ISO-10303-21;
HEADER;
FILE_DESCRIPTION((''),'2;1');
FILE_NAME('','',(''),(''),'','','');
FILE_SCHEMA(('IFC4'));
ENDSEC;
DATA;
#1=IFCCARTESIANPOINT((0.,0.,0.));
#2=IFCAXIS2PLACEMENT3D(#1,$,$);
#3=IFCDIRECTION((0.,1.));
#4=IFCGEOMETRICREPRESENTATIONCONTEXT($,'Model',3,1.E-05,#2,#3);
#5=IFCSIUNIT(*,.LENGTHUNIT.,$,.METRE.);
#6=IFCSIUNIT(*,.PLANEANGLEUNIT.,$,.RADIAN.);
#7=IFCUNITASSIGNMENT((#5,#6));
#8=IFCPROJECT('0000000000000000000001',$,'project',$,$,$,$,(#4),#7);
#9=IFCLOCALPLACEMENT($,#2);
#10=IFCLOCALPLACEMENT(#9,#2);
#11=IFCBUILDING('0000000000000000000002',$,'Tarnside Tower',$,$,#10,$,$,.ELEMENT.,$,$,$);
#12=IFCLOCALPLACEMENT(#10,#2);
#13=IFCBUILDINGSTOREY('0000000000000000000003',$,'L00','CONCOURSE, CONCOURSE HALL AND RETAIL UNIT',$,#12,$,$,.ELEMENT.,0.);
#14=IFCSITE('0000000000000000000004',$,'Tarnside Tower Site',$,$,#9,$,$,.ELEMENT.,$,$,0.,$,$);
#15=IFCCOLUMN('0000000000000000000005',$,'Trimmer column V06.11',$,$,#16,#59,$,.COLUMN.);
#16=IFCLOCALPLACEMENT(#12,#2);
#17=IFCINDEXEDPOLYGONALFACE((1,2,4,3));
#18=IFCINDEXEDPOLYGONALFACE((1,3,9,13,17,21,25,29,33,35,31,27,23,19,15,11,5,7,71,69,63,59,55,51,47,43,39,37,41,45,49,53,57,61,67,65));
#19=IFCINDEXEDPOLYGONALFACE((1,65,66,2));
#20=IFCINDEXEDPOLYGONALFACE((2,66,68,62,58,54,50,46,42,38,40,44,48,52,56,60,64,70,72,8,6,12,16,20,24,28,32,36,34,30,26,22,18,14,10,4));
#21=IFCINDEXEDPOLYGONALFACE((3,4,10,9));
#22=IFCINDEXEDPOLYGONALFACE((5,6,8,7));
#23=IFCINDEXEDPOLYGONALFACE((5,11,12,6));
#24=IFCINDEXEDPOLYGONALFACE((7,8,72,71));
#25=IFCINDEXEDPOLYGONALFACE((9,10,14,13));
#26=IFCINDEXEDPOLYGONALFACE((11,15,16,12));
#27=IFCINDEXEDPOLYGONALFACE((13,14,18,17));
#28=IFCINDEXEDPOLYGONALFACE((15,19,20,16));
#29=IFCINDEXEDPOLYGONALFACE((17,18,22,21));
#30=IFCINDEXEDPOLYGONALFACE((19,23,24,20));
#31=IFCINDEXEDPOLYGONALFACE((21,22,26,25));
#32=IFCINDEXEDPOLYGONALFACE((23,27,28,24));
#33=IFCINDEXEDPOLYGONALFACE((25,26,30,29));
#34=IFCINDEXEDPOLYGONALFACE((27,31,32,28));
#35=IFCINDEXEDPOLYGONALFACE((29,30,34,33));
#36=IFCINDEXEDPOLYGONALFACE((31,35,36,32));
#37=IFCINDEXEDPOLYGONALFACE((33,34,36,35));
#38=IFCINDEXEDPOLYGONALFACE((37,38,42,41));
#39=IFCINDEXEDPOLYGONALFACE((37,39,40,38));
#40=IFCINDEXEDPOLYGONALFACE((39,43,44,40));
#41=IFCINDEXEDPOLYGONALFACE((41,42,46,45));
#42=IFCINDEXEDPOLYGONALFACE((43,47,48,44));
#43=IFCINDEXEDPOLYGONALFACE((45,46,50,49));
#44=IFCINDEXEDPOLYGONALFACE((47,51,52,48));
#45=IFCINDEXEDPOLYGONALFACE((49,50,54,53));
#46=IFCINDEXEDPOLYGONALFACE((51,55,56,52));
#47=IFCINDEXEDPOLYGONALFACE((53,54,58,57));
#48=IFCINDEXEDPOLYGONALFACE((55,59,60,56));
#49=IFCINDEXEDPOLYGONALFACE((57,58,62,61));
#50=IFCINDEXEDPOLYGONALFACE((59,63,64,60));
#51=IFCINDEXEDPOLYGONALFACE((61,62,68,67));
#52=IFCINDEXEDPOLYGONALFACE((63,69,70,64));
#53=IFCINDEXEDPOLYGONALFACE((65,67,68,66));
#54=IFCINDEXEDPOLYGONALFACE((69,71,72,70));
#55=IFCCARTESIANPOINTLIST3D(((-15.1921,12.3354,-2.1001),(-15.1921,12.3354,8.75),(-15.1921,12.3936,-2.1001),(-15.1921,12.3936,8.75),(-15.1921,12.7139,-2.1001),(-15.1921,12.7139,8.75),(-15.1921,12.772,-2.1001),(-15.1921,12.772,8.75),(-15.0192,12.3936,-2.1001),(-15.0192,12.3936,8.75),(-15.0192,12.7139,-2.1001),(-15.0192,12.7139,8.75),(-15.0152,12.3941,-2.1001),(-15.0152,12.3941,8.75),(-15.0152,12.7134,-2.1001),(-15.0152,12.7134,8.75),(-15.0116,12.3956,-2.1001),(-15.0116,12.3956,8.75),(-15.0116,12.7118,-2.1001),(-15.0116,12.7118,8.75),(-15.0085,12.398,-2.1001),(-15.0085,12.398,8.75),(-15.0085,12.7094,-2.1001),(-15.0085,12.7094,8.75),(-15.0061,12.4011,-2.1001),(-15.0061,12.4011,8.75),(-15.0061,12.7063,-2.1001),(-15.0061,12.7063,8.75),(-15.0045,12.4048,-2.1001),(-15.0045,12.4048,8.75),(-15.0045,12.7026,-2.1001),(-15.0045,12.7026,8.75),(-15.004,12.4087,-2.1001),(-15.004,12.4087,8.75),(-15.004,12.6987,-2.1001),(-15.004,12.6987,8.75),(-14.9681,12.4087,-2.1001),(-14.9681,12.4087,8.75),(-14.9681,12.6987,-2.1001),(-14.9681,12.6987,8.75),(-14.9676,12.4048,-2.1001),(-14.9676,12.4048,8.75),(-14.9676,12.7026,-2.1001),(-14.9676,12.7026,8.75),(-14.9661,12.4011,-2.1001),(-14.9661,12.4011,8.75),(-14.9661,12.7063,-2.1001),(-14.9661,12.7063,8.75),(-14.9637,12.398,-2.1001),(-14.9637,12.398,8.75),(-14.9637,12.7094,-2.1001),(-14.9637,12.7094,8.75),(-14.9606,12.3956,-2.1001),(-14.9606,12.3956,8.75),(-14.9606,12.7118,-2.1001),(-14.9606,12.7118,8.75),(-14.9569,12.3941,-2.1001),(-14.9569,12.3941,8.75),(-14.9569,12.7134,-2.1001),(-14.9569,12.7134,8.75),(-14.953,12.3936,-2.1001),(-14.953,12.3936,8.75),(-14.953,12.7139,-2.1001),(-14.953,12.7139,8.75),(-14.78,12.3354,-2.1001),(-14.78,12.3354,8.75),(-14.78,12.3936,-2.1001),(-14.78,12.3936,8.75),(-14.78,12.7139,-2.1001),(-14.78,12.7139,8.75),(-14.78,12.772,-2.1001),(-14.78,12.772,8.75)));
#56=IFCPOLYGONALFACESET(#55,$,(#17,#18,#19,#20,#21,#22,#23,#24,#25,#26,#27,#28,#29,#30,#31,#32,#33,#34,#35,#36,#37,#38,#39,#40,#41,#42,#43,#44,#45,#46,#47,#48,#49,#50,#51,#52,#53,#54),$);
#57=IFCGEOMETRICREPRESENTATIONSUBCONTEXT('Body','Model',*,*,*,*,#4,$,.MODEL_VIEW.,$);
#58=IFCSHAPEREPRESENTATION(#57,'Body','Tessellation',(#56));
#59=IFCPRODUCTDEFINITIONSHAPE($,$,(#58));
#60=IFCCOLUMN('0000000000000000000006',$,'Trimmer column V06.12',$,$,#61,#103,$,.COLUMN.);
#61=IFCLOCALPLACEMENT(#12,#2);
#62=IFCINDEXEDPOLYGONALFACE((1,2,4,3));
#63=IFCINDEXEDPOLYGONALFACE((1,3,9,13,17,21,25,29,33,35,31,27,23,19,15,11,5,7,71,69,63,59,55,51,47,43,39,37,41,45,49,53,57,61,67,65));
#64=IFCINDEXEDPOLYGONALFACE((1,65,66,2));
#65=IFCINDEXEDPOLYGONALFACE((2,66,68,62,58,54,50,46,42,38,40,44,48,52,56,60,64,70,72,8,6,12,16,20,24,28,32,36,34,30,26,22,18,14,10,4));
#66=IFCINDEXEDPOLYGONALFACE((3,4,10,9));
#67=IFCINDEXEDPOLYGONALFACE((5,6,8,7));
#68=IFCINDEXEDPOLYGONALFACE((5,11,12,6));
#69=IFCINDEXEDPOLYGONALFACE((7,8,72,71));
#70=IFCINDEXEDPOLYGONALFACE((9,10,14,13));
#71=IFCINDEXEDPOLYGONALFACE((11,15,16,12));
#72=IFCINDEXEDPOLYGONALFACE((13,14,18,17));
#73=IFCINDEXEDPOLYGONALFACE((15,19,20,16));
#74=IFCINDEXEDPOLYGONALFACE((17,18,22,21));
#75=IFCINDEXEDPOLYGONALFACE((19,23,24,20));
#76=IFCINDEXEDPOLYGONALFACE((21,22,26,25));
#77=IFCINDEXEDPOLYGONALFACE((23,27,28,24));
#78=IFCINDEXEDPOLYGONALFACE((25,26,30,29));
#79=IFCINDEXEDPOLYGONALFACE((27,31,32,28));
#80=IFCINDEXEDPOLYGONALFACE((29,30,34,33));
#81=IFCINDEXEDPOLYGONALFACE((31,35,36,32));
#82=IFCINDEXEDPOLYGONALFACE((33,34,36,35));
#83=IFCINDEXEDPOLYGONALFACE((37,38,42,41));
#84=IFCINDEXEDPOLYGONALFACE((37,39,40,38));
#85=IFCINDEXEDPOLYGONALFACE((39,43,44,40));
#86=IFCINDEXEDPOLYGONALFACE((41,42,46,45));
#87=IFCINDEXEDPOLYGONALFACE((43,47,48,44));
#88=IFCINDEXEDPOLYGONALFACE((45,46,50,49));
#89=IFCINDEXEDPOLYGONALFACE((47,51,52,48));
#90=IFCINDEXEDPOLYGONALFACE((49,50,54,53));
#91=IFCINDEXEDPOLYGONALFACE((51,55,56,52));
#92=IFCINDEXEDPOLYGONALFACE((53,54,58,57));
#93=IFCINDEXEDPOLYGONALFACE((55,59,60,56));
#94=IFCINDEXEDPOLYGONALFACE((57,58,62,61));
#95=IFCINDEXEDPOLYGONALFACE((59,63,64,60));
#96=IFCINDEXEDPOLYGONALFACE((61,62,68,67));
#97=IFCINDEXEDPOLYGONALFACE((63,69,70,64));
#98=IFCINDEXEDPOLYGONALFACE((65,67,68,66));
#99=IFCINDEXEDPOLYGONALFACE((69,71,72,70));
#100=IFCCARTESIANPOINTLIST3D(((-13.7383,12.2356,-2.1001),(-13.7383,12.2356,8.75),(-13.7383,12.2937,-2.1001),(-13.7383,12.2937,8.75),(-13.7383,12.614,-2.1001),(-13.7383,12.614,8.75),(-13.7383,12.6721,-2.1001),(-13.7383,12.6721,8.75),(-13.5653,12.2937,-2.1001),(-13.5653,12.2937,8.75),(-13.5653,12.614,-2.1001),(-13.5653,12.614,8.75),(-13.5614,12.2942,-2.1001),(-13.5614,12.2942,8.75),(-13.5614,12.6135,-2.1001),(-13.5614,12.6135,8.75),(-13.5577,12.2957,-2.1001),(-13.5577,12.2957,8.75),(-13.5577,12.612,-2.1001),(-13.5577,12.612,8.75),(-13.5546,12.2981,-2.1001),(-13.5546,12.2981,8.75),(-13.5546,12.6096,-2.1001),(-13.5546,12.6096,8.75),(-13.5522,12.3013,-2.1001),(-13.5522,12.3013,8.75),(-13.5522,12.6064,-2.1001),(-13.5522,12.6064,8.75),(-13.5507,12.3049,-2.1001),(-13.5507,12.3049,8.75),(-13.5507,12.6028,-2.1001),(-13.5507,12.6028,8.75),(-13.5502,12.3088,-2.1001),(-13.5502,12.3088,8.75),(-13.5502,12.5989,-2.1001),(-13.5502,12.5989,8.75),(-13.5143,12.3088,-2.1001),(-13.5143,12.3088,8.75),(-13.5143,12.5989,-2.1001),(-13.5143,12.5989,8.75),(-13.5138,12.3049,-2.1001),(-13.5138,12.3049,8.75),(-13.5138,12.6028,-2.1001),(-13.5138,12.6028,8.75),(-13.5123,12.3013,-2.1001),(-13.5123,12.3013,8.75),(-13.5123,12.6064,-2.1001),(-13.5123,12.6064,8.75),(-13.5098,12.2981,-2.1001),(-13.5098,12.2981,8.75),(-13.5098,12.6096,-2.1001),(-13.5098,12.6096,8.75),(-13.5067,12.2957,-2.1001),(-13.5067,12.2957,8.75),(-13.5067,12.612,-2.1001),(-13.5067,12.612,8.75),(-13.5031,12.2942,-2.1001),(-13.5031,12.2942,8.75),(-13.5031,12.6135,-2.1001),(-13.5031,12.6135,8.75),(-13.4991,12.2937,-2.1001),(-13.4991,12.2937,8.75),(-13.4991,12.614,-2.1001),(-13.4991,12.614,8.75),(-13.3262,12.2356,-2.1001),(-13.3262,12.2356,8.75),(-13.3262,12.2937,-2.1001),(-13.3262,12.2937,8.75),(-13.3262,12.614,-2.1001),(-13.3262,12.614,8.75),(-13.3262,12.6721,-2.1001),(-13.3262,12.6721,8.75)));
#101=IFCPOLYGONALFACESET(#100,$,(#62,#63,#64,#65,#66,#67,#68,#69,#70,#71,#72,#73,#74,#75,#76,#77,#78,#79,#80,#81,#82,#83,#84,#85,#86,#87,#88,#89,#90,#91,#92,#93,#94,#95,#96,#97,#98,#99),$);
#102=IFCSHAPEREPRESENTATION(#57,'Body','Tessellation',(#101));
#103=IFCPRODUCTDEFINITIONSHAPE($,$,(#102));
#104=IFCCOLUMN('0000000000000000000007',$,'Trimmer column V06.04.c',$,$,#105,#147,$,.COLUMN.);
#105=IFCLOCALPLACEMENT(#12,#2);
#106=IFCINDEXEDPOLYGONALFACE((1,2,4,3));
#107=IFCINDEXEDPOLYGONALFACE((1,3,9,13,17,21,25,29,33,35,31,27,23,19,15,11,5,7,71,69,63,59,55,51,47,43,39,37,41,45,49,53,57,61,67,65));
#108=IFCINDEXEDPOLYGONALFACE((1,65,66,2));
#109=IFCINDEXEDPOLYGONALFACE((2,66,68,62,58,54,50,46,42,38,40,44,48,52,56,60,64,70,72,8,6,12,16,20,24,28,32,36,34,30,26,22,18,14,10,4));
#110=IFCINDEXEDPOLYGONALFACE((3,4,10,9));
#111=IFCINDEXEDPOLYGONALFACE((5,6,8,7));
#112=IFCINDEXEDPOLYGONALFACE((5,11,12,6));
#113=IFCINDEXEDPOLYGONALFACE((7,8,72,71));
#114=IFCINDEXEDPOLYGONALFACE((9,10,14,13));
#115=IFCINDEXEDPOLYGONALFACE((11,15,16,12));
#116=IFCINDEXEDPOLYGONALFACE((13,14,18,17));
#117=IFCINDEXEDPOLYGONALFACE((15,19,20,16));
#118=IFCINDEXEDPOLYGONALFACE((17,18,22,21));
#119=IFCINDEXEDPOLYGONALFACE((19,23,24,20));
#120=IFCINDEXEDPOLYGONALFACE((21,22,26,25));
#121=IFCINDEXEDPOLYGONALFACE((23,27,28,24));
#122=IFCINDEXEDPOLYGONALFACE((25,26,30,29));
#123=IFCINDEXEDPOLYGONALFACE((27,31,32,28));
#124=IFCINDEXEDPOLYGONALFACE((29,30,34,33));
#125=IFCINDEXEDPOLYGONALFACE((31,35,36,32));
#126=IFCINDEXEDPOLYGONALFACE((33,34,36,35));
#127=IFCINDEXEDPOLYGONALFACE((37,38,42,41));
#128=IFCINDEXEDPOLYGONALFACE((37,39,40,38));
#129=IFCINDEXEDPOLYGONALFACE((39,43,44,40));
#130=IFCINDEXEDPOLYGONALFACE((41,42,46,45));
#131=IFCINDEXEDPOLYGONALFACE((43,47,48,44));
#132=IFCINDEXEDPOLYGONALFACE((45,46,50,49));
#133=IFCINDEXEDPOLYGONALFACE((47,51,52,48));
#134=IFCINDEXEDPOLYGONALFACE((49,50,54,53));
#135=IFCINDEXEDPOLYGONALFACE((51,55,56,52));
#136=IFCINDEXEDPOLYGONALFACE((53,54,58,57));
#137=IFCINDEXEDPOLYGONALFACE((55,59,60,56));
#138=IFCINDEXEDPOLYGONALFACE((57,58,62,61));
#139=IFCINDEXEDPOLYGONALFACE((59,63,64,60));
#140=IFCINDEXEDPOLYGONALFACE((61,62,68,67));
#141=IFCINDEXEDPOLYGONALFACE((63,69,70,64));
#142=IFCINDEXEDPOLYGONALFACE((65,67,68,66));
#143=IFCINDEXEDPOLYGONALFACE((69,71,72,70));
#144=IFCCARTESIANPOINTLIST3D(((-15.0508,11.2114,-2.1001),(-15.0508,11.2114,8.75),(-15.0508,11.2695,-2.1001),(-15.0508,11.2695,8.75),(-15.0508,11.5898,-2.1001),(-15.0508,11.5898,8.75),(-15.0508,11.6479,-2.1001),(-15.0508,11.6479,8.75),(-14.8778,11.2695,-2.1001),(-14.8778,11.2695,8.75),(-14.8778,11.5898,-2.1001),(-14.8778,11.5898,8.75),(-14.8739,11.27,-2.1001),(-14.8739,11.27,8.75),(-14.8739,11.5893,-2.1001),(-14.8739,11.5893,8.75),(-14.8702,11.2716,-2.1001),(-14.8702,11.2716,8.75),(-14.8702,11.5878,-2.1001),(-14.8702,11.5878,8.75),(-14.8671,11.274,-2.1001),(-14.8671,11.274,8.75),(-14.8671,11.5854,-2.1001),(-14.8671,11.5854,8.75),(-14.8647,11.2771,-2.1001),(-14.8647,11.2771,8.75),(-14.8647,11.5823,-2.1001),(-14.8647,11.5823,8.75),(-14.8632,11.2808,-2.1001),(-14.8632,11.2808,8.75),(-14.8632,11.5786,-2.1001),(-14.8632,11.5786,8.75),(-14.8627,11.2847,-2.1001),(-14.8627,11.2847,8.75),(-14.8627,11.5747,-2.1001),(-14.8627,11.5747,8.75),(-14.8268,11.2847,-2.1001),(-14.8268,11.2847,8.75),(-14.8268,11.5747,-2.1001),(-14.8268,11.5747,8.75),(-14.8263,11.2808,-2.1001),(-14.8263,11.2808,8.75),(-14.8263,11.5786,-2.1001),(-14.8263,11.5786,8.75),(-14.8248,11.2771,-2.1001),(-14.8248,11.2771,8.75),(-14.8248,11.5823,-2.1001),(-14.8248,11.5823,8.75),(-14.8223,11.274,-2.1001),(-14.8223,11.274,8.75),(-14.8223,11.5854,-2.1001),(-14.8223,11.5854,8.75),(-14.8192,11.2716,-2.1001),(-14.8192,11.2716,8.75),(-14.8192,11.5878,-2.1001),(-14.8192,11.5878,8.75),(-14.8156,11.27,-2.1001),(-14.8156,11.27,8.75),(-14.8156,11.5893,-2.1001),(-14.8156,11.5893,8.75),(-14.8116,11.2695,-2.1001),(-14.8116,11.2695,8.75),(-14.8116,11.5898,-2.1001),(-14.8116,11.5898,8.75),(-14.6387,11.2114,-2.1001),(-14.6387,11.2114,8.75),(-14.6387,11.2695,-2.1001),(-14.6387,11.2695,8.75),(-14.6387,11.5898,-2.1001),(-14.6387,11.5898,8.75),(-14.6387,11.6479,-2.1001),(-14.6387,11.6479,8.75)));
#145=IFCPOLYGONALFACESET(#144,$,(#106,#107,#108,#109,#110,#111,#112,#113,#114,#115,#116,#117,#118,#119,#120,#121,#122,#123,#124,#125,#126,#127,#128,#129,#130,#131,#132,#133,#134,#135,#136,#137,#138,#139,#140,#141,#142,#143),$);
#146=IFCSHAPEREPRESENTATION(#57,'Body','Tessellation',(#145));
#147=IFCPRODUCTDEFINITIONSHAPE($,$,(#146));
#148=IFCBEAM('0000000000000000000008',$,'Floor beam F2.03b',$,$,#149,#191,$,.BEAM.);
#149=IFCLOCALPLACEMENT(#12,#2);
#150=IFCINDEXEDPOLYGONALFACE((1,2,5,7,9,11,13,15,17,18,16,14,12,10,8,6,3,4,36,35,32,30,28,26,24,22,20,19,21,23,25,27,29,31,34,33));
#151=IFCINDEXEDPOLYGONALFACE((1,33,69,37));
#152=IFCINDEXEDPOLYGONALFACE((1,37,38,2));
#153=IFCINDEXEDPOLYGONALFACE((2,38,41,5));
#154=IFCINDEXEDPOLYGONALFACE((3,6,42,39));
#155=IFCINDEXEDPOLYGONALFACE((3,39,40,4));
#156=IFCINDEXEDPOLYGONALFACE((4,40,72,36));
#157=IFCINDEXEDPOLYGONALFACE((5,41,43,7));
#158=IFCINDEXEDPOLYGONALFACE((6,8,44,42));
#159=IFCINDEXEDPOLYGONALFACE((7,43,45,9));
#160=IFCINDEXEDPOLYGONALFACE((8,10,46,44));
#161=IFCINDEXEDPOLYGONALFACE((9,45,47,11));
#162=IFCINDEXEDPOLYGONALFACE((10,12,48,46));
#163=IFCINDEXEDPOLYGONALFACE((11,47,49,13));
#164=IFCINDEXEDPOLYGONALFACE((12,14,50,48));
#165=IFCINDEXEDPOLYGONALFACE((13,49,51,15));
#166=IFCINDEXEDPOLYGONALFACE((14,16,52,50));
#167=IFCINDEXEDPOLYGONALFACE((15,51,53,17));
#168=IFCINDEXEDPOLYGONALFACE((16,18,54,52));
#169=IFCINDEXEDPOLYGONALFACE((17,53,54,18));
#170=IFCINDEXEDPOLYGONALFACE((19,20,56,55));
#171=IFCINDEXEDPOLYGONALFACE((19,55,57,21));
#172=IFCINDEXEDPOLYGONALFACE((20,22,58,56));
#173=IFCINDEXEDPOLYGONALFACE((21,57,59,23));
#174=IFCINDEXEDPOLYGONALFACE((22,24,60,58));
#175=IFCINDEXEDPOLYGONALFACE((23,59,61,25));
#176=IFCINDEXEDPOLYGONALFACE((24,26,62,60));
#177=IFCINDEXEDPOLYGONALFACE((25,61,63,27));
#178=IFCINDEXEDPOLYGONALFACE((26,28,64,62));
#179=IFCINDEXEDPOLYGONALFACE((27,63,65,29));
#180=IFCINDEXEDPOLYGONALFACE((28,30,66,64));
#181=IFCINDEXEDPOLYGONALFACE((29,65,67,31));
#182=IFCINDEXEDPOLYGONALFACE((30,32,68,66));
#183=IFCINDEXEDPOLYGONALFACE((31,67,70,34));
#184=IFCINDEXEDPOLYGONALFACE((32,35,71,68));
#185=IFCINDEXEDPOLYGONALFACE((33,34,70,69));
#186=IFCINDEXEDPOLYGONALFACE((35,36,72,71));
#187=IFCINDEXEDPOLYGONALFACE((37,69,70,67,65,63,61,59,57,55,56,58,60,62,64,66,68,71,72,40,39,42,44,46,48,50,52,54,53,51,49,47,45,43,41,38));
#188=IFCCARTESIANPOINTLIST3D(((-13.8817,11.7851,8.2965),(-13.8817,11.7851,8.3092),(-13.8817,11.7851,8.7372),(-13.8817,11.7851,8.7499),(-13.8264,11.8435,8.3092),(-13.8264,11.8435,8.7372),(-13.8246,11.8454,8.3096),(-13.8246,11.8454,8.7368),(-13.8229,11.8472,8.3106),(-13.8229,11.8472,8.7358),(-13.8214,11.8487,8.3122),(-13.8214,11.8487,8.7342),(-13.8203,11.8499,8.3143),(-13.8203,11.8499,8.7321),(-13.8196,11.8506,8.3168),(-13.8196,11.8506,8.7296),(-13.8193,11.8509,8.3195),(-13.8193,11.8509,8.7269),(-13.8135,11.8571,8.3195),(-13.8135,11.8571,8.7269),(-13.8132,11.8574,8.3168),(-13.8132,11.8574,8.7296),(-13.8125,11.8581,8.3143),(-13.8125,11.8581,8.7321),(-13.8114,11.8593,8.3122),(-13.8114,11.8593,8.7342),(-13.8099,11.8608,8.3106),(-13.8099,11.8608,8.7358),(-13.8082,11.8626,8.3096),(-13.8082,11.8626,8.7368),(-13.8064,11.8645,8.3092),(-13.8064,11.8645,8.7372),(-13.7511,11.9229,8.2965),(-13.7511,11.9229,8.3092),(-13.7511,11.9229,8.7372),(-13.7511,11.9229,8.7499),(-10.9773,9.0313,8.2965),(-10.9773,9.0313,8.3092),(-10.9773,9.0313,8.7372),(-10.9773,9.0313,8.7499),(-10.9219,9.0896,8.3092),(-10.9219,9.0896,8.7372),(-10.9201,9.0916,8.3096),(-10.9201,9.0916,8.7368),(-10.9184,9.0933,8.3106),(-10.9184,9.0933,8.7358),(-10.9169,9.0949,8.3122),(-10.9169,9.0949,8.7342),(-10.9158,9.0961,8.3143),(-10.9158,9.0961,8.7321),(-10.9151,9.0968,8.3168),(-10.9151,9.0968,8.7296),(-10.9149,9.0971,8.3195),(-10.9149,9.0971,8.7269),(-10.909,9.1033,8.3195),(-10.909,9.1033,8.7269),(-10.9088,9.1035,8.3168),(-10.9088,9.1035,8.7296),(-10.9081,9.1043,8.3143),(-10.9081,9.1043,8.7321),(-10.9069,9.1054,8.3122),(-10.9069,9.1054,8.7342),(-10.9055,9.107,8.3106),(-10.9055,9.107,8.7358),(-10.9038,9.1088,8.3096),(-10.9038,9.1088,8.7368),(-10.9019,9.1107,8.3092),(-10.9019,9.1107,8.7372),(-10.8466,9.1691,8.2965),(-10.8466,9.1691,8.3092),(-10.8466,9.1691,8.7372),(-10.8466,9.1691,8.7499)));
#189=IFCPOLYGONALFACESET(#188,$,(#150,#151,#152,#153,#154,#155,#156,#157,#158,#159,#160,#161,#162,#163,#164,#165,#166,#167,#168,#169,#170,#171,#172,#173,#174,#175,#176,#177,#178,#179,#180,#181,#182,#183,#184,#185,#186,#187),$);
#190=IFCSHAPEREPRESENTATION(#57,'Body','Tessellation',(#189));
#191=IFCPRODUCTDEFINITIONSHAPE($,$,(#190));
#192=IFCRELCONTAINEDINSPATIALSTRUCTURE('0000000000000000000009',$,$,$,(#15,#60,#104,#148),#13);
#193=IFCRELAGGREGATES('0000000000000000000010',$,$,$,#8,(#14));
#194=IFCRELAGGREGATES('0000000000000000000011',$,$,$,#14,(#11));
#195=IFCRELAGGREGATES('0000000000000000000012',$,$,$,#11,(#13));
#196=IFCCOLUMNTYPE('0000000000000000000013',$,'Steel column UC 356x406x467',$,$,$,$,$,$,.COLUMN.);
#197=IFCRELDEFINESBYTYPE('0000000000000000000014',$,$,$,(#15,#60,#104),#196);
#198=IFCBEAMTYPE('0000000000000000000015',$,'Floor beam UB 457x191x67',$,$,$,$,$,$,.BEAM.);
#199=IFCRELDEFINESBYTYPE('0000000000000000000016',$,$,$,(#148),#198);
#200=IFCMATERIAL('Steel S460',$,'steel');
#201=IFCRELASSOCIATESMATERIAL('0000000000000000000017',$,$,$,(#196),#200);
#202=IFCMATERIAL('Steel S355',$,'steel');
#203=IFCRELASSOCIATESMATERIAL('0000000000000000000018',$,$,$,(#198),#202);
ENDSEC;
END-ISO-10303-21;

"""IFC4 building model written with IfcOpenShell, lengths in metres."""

from ifc_helpers import new_model, si_unit, direction, frame, origin, origin_2d, place, context, subcontext, project, spatial, i_section, extrude, material, material_profile, profile_set, type_object, element, save


model = new_model("IFC4")

# Units and contexts
model_context = context("Model", 3, precision=1e-05, world=origin(), true_north=direction((0.0, 1.0)))
body_context = subcontext(model_context, "Body", "Model", "MODEL_VIEW")
ifc_project = project(units=[si_unit("LENGTHUNIT", "METRE"), si_unit("PLANEANGLEUNIT", "RADIAN")], contexts=[model_context])

# Site, building, storey
site_placement = place(None, origin())
site = spatial("IfcSite", under=ifc_project, at=site_placement, Name="Tarnside Tower Site", CompositionType="ELEMENT", RefElevation=0.0)
building_placement = place(site_placement, origin())
building = spatial("IfcBuilding", under=site, at=building_placement, Name="Tarnside Tower", CompositionType="ELEMENT")
storey_placement = place(building_placement, origin())
storey = spatial("IfcBuildingStorey", under=building, at=storey_placement, Name="L00", Description="CONCOURSE, CONCOURSE HALL AND RETAIL UNIT", CompositionType="ELEMENT", Elevation=0.0)

# Columns
ifc_material_1 = material(Name="Steel S460", Category="steel")
ifc_material_profile_1 = material_profile(ifc_material_1, i_section(OverallWidth=0.4121, OverallDepth=0.4365, WebThickness=0.0359, FlangeThickness=0.0581, FilletRadius=0.0151, at=origin_2d()), Name="UC 356x406x467")
ifc_profile_set_1 = profile_set([ifc_material_profile_1], Name="Steel S460")
column_type = type_object("IfcColumnType", Name="Steel column UC 356x406x467", PredefinedType="COLUMN", material=ifc_profile_set_1)
for number, where, z_axis, x_axis, name in (
    (1, (-14.9861, 12.5537, -2.1001), (0.0, 0.0, 1.0), (1.0, 0.0, 0.0), "Trimmer column V06.11"),
    (2, (-13.5322, 12.4539, -2.1001), (0.0, 0.0, 1.0), (1.0, 0.0, 0.0), "Trimmer column V06.12"),
    (3, (-14.8447, 11.4297, -2.1001), (0.0, 0.0, 1.0), (1.0, 0.0, 0.0), "Trimmer column V06.04.c"),
):
    element("IfcColumn", number, at=place(storey_placement, frame(where, z_axis=z_axis, x_axis=x_axis)), inside=storey, type_object=column_type, Name=name, PredefinedType="COLUMN", context=body_context, shape_type="SweptSolid", body=[
        extrude(i_section(OverallWidth=0.4121, OverallDepth=0.4365, WebThickness=0.0359, FlangeThickness=0.0581, FilletRadius=0.0151, at=origin_2d()), origin(), (0.0, 0.0, 1.0), 10.8501),
    ])

# Beam
ifc_material_2 = material(Name="Steel S355", Category="steel")
ifc_material_profile_2 = material_profile(ifc_material_2, i_section(OverallWidth=0.1899, OverallDepth=0.4534, WebThickness=0.0085, FlangeThickness=0.0127, FilletRadius=0.0103, at=origin_2d()), Name="UB 457x191x67")
ifc_profile_set_2 = profile_set([ifc_material_profile_2], Name="Steel S355")
beam_type_1 = type_object("IfcBeamType", Name="Floor beam UB 457x191x67", PredefinedType="BEAM", material=ifc_profile_set_2)
beam_1_placement = place(storey_placement, frame((-13.8164, 11.854, 8.5232), z_axis=(0.725674, -0.688039, 0.0), x_axis=(0.688039, 0.725674, 0.0)))
element("IfcBeam", 4, at=beam_1_placement, inside=storey, type_object=beam_type_1, Name="Floor beam F2.03b", PredefinedType="BEAM", context=body_context, shape_type="SweptSolid", body=[
    extrude(i_section(OverallWidth=0.1899, OverallDepth=0.4534, WebThickness=0.0085, FlangeThickness=0.0127, FilletRadius=0.0103, at=origin_2d()), origin(), (0.0, 0.0, 1.0), 4.0024),
])

save(model, "model.ifc")
